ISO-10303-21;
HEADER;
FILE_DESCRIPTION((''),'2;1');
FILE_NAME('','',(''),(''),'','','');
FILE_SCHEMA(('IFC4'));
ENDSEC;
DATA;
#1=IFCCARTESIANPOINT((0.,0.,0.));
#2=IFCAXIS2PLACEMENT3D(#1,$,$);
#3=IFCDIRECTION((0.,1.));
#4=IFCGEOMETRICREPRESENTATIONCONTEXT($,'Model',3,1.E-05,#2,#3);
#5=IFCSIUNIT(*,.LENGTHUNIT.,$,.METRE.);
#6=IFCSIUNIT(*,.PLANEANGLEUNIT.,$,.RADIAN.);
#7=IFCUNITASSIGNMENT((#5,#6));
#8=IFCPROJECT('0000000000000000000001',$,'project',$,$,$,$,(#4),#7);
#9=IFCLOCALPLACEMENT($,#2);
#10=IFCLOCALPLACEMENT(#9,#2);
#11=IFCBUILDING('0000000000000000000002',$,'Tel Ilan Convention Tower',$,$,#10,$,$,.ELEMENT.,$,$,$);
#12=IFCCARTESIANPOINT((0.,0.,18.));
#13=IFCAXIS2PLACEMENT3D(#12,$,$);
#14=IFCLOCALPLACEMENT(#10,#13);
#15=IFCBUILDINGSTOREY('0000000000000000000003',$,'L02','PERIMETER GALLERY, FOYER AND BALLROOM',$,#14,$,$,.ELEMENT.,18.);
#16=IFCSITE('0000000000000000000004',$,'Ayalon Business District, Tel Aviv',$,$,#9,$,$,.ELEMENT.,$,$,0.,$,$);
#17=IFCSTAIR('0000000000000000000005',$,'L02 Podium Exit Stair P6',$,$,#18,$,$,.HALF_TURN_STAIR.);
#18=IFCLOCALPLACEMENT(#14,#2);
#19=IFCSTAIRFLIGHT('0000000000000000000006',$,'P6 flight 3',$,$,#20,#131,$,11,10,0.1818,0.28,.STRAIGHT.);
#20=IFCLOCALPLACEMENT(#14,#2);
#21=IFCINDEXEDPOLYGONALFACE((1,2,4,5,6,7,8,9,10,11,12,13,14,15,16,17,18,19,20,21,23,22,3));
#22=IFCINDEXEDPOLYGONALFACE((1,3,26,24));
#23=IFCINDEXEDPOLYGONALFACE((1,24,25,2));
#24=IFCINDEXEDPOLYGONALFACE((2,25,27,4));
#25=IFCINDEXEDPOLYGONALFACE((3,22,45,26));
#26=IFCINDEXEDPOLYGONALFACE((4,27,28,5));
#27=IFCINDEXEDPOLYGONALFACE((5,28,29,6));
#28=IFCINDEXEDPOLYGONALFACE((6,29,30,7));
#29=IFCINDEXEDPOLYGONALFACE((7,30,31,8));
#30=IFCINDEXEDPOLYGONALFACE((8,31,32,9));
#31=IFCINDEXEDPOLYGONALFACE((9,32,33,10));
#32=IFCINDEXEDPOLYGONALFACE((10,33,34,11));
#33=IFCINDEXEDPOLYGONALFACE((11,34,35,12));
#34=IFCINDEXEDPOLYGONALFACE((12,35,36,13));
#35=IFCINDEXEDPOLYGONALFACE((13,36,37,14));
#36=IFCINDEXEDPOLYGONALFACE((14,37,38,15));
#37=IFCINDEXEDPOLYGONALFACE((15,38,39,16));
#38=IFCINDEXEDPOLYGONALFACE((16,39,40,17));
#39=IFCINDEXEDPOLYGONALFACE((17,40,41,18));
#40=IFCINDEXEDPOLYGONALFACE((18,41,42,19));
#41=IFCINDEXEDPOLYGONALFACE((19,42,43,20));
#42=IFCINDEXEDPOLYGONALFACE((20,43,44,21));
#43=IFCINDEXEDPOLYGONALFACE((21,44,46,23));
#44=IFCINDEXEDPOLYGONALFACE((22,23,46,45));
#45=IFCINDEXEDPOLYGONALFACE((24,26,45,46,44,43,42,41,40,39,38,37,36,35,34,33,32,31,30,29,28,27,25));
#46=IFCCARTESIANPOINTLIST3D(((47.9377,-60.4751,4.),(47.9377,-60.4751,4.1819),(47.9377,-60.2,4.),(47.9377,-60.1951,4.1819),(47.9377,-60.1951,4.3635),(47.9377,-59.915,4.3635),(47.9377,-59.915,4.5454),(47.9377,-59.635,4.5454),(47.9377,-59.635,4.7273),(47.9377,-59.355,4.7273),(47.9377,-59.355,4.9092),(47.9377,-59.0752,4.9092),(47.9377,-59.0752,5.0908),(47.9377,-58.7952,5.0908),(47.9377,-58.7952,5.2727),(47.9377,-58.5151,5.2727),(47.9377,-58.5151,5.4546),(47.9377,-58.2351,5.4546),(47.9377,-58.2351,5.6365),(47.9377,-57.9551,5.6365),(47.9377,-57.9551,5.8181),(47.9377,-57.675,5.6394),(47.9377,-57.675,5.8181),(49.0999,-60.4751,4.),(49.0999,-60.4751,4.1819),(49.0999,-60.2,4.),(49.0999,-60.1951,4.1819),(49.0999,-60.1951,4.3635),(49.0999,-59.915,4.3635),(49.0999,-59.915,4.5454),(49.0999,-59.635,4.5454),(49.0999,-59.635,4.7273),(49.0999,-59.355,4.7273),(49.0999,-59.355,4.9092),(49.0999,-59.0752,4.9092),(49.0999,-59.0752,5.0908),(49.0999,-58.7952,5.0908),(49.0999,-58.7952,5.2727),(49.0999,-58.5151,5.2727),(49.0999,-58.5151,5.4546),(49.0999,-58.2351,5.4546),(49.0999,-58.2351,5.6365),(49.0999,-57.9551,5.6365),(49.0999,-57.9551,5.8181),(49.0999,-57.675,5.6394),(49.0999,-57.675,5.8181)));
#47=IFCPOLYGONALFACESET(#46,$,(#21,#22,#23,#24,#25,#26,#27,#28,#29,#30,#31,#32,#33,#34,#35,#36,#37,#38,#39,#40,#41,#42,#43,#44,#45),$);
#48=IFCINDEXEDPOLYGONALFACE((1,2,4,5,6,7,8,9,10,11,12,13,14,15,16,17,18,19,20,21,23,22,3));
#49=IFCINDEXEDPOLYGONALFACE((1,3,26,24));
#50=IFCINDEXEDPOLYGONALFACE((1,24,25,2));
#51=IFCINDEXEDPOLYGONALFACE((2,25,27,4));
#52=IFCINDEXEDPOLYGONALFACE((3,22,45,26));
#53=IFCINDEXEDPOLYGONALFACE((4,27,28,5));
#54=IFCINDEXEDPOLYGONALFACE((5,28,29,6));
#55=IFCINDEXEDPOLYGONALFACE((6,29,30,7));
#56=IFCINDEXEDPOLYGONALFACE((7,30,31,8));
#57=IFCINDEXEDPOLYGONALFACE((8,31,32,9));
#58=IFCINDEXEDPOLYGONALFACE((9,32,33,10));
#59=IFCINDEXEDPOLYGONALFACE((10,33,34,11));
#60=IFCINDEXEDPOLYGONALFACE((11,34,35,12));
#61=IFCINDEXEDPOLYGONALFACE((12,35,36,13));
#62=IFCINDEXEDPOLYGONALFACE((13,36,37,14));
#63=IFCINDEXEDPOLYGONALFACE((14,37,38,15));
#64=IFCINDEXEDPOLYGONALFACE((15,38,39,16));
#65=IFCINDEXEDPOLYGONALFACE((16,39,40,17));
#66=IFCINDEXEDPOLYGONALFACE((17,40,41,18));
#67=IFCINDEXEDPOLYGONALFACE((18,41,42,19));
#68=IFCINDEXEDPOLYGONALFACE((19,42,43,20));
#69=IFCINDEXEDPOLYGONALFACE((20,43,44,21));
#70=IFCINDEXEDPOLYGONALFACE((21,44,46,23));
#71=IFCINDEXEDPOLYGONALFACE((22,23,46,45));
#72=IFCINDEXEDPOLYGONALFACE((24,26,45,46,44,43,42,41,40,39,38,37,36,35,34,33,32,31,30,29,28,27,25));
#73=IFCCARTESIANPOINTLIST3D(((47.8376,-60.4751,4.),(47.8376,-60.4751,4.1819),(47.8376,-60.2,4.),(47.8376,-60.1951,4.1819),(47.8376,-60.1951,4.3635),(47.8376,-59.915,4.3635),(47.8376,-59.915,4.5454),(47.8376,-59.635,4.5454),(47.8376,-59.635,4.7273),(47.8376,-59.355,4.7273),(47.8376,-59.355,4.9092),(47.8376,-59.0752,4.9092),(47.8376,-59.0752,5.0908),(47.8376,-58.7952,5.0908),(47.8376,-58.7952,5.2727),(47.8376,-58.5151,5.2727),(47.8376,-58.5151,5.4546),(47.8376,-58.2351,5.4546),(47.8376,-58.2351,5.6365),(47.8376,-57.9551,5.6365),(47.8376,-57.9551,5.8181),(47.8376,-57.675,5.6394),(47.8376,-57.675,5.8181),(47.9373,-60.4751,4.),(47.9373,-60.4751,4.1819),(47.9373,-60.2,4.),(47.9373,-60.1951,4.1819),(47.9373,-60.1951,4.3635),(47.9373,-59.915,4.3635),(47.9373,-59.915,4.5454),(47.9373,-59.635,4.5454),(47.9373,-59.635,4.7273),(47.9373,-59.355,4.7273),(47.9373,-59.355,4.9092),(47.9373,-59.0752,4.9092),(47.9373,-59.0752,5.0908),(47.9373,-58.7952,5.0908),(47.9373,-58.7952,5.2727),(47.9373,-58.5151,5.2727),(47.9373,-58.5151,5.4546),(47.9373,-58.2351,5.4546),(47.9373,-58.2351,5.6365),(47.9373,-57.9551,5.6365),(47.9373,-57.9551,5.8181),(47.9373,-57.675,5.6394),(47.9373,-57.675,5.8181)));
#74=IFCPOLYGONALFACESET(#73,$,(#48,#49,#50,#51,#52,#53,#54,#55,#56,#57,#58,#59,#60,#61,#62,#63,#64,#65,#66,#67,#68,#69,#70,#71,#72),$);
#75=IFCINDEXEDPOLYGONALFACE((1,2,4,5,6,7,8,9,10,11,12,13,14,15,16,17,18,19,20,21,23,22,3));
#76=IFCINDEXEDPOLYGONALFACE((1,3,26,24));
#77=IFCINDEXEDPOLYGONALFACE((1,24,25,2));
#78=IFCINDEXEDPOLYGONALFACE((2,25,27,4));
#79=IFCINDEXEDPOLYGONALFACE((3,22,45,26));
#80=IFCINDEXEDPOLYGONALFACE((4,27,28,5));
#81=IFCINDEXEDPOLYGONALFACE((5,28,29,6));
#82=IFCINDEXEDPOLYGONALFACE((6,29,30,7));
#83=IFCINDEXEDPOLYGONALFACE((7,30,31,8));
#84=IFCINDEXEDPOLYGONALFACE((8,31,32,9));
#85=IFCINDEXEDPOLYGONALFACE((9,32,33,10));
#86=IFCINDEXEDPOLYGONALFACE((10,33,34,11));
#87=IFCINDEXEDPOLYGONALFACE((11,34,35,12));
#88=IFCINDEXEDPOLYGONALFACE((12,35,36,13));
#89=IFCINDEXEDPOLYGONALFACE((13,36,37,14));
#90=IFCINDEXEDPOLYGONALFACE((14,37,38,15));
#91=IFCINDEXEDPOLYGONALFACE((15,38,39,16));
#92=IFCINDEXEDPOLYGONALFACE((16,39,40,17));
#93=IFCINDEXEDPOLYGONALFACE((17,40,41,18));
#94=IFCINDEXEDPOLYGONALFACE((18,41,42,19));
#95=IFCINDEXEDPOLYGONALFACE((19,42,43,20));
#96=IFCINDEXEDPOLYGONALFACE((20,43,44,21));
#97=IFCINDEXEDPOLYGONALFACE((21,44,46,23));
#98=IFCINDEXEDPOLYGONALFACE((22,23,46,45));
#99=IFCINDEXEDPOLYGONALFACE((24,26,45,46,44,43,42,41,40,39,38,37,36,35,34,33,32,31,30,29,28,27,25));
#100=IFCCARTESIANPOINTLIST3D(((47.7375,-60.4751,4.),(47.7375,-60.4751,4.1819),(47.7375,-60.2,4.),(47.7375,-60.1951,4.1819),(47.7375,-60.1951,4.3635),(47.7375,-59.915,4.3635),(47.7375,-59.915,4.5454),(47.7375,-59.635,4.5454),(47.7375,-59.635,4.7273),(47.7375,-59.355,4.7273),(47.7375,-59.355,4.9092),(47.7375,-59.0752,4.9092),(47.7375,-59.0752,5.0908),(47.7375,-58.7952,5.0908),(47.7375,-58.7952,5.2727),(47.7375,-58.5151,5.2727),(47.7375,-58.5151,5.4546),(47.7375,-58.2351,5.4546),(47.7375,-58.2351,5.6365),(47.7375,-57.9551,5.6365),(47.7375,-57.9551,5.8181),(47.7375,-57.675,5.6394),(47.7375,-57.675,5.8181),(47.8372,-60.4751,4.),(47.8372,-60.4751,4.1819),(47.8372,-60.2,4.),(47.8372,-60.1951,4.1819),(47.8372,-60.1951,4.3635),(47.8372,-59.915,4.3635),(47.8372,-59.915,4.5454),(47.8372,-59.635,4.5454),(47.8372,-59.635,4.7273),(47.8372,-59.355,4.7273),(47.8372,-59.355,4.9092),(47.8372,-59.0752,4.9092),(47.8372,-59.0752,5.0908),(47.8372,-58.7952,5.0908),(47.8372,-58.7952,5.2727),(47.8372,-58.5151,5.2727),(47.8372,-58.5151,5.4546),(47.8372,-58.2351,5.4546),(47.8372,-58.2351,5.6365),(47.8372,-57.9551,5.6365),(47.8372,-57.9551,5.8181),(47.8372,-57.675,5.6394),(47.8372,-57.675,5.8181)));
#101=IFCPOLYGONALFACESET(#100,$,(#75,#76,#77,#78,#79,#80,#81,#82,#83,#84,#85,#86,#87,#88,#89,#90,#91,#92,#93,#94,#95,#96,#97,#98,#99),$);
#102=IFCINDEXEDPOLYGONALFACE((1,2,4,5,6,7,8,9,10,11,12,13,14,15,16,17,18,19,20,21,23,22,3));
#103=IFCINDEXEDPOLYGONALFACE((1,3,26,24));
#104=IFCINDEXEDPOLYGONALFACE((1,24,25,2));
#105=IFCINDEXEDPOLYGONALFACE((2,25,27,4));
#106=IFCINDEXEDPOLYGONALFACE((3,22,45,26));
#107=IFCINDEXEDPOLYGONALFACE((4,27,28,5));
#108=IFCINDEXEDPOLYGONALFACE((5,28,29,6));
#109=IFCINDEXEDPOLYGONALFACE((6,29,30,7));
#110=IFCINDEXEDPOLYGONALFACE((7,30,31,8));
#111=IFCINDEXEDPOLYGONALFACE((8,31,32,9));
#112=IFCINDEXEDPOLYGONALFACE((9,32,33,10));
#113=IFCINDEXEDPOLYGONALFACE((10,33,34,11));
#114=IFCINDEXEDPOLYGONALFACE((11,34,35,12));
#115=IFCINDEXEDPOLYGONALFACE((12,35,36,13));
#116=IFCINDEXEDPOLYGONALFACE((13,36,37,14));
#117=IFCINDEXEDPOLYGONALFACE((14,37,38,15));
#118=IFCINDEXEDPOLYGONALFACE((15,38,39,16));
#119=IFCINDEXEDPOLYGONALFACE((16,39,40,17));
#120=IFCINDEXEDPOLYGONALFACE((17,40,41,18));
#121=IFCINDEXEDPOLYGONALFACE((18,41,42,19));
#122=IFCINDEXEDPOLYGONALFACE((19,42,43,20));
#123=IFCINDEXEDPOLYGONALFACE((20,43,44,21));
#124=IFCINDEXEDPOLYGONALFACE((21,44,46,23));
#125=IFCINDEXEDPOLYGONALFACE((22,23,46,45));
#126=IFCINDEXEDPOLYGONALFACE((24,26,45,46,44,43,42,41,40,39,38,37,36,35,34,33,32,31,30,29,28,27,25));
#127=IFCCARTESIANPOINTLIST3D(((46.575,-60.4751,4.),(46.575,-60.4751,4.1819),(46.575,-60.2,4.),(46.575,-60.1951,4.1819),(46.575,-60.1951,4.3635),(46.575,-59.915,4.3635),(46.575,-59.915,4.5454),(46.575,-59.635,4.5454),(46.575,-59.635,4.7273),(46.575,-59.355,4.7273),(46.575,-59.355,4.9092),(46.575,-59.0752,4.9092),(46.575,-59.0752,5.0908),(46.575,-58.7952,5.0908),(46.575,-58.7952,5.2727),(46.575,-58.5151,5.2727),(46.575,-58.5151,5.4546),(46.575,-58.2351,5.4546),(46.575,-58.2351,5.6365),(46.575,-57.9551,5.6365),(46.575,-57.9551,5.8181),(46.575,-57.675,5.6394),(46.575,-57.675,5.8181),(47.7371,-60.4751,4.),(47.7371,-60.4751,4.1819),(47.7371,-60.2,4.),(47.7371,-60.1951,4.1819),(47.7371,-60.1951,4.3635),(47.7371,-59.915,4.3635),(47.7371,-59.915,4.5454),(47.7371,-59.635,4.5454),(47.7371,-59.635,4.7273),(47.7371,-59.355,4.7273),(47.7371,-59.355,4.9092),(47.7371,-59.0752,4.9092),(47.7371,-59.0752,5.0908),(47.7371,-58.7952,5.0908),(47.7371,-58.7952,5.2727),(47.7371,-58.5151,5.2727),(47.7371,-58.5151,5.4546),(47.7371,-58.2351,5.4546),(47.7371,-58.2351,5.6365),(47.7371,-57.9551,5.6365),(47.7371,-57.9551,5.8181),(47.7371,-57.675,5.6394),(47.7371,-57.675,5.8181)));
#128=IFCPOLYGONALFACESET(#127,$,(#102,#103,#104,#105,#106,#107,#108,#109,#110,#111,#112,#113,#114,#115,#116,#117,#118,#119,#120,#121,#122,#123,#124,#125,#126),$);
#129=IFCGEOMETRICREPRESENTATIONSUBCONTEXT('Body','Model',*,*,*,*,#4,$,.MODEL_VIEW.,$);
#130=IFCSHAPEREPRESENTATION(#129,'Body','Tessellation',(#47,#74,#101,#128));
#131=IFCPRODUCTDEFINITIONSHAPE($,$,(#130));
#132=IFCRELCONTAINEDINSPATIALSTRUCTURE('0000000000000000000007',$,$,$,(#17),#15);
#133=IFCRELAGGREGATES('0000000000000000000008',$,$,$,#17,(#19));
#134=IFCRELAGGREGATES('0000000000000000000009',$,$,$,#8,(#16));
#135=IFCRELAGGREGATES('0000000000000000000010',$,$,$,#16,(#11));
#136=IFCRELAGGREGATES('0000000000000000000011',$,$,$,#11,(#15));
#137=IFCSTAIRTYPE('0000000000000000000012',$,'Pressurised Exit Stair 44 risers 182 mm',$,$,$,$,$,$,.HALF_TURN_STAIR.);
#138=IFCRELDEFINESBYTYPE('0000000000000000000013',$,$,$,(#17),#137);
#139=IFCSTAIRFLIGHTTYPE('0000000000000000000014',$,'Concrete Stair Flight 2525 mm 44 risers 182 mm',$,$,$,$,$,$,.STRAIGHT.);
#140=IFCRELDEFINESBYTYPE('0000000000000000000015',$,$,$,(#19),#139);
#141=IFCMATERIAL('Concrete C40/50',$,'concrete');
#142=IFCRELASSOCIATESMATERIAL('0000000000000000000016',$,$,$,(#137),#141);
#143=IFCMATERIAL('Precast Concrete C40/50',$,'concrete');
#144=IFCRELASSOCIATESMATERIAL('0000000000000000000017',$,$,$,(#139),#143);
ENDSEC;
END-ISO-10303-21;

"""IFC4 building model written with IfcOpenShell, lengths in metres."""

from ifc_helpers import new_model, si_unit, direction, frame, origin, place, context, subcontext, project, spatial, polyline, outline, extrude, material, type_object, element, aggregate, save


model = new_model("IFC4")

# Units and contexts
model_context = context("Model", 3, precision=1e-05, world=origin(), true_north=direction((0.0, 1.0)))
body_context = subcontext(model_context, "Body", "Model", "MODEL_VIEW")
ifc_project = project(units=[si_unit("LENGTHUNIT", "METRE"), si_unit("PLANEANGLEUNIT", "RADIAN")], contexts=[model_context])

# Site, building, storey
site_placement = place(None, origin())
site = spatial("IfcSite", under=ifc_project, at=site_placement, Name="Ayalon Business District, Tel Aviv", CompositionType="ELEMENT", RefElevation=0.0)
building_placement = place(site_placement, origin())
building = spatial("IfcBuilding", under=site, at=building_placement, Name="Tel Ilan Convention Tower", CompositionType="ELEMENT")
storey_placement = place(building_placement, frame((0.0, 0.0, 18.0)))
storey = spatial("IfcBuildingStorey", under=building, at=storey_placement, Name="L02", Description="PERIMETER GALLERY, FOYER AND BALLROOM", CompositionType="ELEMENT", Elevation=18.0)

# Stair, stair flight
ifc_material_1 = material(Name="Concrete C40/50", Category="concrete")
stair_type = type_object("IfcStairType", Name="Pressurised Exit Stair 44 risers 182 mm", PredefinedType="HALF_TURN_STAIR", material=ifc_material_1)
ifc_material_2 = material(Name="Precast Concrete C40/50", Category="concrete")
stair_flight_type = type_object("IfcStairFlightType", Name="Concrete Stair Flight 2525 mm 44 risers 182 mm", PredefinedType="STRAIGHT", material=ifc_material_2)
stair_1_placement = place(storey_placement, origin())
stair_1 = element("IfcStair", 1, at=stair_1_placement, inside=storey, type_object=stair_type, Name="L02 Podium Exit Stair P6", PredefinedType="HALF_TURN_STAIR")
stair_flight_1_placement = place(storey_placement, frame((47.8374, -60.4751, 4.0), z_axis=(0.0, 0.0, 1.0), x_axis=(0.0, 1.0, 0.0)))
stair_flight_1 = element("IfcStairFlight", 2, at=stair_flight_1_placement, type_object=stair_flight_type, Name="P6 flight 3", NumberOfRisers=11, NumberOfTreads=10, PredefinedType="STRAIGHT", RiserHeight=0.1818, TreadLength=0.28, context=body_context, shape_type="SweptSolid", body=[
    extrude(outline(polyline([(0.0, 0.0), (0.0, 0.1819), (0.28, 0.1819), (0.28, 0.3635), (0.5601, 0.3635), (0.5601, 0.5454), (0.8401, 0.5454), (0.8401, 0.7273), (1.1201, 0.7273), (1.1201, 0.9092), (1.3999, 0.9092), (1.3999, 1.0908), (1.6799, 1.0908), (1.6799, 1.2727), (1.96, 1.2727), (1.96, 1.4546), (2.24, 1.4546), (2.24, 1.6365), (2.52, 1.6365), (2.52, 1.8181), (2.8, 1.8181), (2.8, 2.0), (2.8, 1.6394), (0.2751, 0.0), (0.0, 0.0)])), frame((0.0, -0.1003, 0.0), z_axis=(0.0, -1.0, 0.0), x_axis=(1.0, 0.0, 0.0)), (0.0, 0.0, 1.0), 1.1621),
    extrude(outline(polyline([(0.0, 0.0), (0.0, 0.1819), (0.28, 0.1819), (0.28, 0.3635), (0.5601, 0.3635), (0.5601, 0.5454), (0.8401, 0.5454), (0.8401, 0.7273), (1.1201, 0.7273), (1.1201, 0.9092), (1.3999, 0.9092), (1.3999, 1.0908), (1.6799, 1.0908), (1.6799, 1.2727), (1.96, 1.2727), (1.96, 1.4546), (2.24, 1.4546), (2.24, 1.6365), (2.52, 1.6365), (2.52, 1.8181), (2.8, 1.8181), (2.8, 2.0), (2.8, 1.6394), (0.2751, 0.0), (0.0, 0.0)])), frame((0.0, -0.0002, 0.0), z_axis=(0.0, -1.0, 0.0), x_axis=(1.0, 0.0, 0.0)), (0.0, 0.0, 1.0), 0.0996),
    extrude(outline(polyline([(0.0, 0.0), (0.0, 0.1819), (0.28, 0.1819), (0.28, 0.3635), (0.5601, 0.3635), (0.5601, 0.5454), (0.8401, 0.5454), (0.8401, 0.7273), (1.1201, 0.7273), (1.1201, 0.9092), (1.3999, 0.9092), (1.3999, 1.0908), (1.6799, 1.0908), (1.6799, 1.2727), (1.96, 1.2727), (1.96, 1.4546), (2.24, 1.4546), (2.24, 1.6365), (2.52, 1.6365), (2.52, 1.8181), (2.8, 1.8181), (2.8, 2.0), (2.8, 1.6394), (0.2751, 0.0), (0.0, 0.0)])), frame((0.0, 0.0999, 0.0), z_axis=(0.0, -1.0, 0.0), x_axis=(1.0, 0.0, 0.0)), (0.0, 0.0, 1.0), 0.0996),
    extrude(outline(polyline([(0.0, 0.0), (0.0, 0.1819), (0.28, 0.1819), (0.28, 0.3635), (0.5601, 0.3635), (0.5601, 0.5454), (0.8401, 0.5454), (0.8401, 0.7273), (1.1201, 0.7273), (1.1201, 0.9092), (1.3999, 0.9092), (1.3999, 1.0908), (1.6799, 1.0908), (1.6799, 1.2727), (1.96, 1.2727), (1.96, 1.4546), (2.24, 1.4546), (2.24, 1.6365), (2.52, 1.6365), (2.52, 1.8181), (2.8, 1.8181), (2.8, 2.0), (2.8, 1.6394), (0.2751, 0.0), (0.0, 0.0)])), frame((0.0, 1.2625, 0.0), z_axis=(0.0, -1.0, 0.0), x_axis=(1.0, 0.0, 0.0)), (0.0, 0.0, 1.0), 1.1621),
])
aggregate(stair_1, [stair_flight_1])

save(model, "model.ifc")
